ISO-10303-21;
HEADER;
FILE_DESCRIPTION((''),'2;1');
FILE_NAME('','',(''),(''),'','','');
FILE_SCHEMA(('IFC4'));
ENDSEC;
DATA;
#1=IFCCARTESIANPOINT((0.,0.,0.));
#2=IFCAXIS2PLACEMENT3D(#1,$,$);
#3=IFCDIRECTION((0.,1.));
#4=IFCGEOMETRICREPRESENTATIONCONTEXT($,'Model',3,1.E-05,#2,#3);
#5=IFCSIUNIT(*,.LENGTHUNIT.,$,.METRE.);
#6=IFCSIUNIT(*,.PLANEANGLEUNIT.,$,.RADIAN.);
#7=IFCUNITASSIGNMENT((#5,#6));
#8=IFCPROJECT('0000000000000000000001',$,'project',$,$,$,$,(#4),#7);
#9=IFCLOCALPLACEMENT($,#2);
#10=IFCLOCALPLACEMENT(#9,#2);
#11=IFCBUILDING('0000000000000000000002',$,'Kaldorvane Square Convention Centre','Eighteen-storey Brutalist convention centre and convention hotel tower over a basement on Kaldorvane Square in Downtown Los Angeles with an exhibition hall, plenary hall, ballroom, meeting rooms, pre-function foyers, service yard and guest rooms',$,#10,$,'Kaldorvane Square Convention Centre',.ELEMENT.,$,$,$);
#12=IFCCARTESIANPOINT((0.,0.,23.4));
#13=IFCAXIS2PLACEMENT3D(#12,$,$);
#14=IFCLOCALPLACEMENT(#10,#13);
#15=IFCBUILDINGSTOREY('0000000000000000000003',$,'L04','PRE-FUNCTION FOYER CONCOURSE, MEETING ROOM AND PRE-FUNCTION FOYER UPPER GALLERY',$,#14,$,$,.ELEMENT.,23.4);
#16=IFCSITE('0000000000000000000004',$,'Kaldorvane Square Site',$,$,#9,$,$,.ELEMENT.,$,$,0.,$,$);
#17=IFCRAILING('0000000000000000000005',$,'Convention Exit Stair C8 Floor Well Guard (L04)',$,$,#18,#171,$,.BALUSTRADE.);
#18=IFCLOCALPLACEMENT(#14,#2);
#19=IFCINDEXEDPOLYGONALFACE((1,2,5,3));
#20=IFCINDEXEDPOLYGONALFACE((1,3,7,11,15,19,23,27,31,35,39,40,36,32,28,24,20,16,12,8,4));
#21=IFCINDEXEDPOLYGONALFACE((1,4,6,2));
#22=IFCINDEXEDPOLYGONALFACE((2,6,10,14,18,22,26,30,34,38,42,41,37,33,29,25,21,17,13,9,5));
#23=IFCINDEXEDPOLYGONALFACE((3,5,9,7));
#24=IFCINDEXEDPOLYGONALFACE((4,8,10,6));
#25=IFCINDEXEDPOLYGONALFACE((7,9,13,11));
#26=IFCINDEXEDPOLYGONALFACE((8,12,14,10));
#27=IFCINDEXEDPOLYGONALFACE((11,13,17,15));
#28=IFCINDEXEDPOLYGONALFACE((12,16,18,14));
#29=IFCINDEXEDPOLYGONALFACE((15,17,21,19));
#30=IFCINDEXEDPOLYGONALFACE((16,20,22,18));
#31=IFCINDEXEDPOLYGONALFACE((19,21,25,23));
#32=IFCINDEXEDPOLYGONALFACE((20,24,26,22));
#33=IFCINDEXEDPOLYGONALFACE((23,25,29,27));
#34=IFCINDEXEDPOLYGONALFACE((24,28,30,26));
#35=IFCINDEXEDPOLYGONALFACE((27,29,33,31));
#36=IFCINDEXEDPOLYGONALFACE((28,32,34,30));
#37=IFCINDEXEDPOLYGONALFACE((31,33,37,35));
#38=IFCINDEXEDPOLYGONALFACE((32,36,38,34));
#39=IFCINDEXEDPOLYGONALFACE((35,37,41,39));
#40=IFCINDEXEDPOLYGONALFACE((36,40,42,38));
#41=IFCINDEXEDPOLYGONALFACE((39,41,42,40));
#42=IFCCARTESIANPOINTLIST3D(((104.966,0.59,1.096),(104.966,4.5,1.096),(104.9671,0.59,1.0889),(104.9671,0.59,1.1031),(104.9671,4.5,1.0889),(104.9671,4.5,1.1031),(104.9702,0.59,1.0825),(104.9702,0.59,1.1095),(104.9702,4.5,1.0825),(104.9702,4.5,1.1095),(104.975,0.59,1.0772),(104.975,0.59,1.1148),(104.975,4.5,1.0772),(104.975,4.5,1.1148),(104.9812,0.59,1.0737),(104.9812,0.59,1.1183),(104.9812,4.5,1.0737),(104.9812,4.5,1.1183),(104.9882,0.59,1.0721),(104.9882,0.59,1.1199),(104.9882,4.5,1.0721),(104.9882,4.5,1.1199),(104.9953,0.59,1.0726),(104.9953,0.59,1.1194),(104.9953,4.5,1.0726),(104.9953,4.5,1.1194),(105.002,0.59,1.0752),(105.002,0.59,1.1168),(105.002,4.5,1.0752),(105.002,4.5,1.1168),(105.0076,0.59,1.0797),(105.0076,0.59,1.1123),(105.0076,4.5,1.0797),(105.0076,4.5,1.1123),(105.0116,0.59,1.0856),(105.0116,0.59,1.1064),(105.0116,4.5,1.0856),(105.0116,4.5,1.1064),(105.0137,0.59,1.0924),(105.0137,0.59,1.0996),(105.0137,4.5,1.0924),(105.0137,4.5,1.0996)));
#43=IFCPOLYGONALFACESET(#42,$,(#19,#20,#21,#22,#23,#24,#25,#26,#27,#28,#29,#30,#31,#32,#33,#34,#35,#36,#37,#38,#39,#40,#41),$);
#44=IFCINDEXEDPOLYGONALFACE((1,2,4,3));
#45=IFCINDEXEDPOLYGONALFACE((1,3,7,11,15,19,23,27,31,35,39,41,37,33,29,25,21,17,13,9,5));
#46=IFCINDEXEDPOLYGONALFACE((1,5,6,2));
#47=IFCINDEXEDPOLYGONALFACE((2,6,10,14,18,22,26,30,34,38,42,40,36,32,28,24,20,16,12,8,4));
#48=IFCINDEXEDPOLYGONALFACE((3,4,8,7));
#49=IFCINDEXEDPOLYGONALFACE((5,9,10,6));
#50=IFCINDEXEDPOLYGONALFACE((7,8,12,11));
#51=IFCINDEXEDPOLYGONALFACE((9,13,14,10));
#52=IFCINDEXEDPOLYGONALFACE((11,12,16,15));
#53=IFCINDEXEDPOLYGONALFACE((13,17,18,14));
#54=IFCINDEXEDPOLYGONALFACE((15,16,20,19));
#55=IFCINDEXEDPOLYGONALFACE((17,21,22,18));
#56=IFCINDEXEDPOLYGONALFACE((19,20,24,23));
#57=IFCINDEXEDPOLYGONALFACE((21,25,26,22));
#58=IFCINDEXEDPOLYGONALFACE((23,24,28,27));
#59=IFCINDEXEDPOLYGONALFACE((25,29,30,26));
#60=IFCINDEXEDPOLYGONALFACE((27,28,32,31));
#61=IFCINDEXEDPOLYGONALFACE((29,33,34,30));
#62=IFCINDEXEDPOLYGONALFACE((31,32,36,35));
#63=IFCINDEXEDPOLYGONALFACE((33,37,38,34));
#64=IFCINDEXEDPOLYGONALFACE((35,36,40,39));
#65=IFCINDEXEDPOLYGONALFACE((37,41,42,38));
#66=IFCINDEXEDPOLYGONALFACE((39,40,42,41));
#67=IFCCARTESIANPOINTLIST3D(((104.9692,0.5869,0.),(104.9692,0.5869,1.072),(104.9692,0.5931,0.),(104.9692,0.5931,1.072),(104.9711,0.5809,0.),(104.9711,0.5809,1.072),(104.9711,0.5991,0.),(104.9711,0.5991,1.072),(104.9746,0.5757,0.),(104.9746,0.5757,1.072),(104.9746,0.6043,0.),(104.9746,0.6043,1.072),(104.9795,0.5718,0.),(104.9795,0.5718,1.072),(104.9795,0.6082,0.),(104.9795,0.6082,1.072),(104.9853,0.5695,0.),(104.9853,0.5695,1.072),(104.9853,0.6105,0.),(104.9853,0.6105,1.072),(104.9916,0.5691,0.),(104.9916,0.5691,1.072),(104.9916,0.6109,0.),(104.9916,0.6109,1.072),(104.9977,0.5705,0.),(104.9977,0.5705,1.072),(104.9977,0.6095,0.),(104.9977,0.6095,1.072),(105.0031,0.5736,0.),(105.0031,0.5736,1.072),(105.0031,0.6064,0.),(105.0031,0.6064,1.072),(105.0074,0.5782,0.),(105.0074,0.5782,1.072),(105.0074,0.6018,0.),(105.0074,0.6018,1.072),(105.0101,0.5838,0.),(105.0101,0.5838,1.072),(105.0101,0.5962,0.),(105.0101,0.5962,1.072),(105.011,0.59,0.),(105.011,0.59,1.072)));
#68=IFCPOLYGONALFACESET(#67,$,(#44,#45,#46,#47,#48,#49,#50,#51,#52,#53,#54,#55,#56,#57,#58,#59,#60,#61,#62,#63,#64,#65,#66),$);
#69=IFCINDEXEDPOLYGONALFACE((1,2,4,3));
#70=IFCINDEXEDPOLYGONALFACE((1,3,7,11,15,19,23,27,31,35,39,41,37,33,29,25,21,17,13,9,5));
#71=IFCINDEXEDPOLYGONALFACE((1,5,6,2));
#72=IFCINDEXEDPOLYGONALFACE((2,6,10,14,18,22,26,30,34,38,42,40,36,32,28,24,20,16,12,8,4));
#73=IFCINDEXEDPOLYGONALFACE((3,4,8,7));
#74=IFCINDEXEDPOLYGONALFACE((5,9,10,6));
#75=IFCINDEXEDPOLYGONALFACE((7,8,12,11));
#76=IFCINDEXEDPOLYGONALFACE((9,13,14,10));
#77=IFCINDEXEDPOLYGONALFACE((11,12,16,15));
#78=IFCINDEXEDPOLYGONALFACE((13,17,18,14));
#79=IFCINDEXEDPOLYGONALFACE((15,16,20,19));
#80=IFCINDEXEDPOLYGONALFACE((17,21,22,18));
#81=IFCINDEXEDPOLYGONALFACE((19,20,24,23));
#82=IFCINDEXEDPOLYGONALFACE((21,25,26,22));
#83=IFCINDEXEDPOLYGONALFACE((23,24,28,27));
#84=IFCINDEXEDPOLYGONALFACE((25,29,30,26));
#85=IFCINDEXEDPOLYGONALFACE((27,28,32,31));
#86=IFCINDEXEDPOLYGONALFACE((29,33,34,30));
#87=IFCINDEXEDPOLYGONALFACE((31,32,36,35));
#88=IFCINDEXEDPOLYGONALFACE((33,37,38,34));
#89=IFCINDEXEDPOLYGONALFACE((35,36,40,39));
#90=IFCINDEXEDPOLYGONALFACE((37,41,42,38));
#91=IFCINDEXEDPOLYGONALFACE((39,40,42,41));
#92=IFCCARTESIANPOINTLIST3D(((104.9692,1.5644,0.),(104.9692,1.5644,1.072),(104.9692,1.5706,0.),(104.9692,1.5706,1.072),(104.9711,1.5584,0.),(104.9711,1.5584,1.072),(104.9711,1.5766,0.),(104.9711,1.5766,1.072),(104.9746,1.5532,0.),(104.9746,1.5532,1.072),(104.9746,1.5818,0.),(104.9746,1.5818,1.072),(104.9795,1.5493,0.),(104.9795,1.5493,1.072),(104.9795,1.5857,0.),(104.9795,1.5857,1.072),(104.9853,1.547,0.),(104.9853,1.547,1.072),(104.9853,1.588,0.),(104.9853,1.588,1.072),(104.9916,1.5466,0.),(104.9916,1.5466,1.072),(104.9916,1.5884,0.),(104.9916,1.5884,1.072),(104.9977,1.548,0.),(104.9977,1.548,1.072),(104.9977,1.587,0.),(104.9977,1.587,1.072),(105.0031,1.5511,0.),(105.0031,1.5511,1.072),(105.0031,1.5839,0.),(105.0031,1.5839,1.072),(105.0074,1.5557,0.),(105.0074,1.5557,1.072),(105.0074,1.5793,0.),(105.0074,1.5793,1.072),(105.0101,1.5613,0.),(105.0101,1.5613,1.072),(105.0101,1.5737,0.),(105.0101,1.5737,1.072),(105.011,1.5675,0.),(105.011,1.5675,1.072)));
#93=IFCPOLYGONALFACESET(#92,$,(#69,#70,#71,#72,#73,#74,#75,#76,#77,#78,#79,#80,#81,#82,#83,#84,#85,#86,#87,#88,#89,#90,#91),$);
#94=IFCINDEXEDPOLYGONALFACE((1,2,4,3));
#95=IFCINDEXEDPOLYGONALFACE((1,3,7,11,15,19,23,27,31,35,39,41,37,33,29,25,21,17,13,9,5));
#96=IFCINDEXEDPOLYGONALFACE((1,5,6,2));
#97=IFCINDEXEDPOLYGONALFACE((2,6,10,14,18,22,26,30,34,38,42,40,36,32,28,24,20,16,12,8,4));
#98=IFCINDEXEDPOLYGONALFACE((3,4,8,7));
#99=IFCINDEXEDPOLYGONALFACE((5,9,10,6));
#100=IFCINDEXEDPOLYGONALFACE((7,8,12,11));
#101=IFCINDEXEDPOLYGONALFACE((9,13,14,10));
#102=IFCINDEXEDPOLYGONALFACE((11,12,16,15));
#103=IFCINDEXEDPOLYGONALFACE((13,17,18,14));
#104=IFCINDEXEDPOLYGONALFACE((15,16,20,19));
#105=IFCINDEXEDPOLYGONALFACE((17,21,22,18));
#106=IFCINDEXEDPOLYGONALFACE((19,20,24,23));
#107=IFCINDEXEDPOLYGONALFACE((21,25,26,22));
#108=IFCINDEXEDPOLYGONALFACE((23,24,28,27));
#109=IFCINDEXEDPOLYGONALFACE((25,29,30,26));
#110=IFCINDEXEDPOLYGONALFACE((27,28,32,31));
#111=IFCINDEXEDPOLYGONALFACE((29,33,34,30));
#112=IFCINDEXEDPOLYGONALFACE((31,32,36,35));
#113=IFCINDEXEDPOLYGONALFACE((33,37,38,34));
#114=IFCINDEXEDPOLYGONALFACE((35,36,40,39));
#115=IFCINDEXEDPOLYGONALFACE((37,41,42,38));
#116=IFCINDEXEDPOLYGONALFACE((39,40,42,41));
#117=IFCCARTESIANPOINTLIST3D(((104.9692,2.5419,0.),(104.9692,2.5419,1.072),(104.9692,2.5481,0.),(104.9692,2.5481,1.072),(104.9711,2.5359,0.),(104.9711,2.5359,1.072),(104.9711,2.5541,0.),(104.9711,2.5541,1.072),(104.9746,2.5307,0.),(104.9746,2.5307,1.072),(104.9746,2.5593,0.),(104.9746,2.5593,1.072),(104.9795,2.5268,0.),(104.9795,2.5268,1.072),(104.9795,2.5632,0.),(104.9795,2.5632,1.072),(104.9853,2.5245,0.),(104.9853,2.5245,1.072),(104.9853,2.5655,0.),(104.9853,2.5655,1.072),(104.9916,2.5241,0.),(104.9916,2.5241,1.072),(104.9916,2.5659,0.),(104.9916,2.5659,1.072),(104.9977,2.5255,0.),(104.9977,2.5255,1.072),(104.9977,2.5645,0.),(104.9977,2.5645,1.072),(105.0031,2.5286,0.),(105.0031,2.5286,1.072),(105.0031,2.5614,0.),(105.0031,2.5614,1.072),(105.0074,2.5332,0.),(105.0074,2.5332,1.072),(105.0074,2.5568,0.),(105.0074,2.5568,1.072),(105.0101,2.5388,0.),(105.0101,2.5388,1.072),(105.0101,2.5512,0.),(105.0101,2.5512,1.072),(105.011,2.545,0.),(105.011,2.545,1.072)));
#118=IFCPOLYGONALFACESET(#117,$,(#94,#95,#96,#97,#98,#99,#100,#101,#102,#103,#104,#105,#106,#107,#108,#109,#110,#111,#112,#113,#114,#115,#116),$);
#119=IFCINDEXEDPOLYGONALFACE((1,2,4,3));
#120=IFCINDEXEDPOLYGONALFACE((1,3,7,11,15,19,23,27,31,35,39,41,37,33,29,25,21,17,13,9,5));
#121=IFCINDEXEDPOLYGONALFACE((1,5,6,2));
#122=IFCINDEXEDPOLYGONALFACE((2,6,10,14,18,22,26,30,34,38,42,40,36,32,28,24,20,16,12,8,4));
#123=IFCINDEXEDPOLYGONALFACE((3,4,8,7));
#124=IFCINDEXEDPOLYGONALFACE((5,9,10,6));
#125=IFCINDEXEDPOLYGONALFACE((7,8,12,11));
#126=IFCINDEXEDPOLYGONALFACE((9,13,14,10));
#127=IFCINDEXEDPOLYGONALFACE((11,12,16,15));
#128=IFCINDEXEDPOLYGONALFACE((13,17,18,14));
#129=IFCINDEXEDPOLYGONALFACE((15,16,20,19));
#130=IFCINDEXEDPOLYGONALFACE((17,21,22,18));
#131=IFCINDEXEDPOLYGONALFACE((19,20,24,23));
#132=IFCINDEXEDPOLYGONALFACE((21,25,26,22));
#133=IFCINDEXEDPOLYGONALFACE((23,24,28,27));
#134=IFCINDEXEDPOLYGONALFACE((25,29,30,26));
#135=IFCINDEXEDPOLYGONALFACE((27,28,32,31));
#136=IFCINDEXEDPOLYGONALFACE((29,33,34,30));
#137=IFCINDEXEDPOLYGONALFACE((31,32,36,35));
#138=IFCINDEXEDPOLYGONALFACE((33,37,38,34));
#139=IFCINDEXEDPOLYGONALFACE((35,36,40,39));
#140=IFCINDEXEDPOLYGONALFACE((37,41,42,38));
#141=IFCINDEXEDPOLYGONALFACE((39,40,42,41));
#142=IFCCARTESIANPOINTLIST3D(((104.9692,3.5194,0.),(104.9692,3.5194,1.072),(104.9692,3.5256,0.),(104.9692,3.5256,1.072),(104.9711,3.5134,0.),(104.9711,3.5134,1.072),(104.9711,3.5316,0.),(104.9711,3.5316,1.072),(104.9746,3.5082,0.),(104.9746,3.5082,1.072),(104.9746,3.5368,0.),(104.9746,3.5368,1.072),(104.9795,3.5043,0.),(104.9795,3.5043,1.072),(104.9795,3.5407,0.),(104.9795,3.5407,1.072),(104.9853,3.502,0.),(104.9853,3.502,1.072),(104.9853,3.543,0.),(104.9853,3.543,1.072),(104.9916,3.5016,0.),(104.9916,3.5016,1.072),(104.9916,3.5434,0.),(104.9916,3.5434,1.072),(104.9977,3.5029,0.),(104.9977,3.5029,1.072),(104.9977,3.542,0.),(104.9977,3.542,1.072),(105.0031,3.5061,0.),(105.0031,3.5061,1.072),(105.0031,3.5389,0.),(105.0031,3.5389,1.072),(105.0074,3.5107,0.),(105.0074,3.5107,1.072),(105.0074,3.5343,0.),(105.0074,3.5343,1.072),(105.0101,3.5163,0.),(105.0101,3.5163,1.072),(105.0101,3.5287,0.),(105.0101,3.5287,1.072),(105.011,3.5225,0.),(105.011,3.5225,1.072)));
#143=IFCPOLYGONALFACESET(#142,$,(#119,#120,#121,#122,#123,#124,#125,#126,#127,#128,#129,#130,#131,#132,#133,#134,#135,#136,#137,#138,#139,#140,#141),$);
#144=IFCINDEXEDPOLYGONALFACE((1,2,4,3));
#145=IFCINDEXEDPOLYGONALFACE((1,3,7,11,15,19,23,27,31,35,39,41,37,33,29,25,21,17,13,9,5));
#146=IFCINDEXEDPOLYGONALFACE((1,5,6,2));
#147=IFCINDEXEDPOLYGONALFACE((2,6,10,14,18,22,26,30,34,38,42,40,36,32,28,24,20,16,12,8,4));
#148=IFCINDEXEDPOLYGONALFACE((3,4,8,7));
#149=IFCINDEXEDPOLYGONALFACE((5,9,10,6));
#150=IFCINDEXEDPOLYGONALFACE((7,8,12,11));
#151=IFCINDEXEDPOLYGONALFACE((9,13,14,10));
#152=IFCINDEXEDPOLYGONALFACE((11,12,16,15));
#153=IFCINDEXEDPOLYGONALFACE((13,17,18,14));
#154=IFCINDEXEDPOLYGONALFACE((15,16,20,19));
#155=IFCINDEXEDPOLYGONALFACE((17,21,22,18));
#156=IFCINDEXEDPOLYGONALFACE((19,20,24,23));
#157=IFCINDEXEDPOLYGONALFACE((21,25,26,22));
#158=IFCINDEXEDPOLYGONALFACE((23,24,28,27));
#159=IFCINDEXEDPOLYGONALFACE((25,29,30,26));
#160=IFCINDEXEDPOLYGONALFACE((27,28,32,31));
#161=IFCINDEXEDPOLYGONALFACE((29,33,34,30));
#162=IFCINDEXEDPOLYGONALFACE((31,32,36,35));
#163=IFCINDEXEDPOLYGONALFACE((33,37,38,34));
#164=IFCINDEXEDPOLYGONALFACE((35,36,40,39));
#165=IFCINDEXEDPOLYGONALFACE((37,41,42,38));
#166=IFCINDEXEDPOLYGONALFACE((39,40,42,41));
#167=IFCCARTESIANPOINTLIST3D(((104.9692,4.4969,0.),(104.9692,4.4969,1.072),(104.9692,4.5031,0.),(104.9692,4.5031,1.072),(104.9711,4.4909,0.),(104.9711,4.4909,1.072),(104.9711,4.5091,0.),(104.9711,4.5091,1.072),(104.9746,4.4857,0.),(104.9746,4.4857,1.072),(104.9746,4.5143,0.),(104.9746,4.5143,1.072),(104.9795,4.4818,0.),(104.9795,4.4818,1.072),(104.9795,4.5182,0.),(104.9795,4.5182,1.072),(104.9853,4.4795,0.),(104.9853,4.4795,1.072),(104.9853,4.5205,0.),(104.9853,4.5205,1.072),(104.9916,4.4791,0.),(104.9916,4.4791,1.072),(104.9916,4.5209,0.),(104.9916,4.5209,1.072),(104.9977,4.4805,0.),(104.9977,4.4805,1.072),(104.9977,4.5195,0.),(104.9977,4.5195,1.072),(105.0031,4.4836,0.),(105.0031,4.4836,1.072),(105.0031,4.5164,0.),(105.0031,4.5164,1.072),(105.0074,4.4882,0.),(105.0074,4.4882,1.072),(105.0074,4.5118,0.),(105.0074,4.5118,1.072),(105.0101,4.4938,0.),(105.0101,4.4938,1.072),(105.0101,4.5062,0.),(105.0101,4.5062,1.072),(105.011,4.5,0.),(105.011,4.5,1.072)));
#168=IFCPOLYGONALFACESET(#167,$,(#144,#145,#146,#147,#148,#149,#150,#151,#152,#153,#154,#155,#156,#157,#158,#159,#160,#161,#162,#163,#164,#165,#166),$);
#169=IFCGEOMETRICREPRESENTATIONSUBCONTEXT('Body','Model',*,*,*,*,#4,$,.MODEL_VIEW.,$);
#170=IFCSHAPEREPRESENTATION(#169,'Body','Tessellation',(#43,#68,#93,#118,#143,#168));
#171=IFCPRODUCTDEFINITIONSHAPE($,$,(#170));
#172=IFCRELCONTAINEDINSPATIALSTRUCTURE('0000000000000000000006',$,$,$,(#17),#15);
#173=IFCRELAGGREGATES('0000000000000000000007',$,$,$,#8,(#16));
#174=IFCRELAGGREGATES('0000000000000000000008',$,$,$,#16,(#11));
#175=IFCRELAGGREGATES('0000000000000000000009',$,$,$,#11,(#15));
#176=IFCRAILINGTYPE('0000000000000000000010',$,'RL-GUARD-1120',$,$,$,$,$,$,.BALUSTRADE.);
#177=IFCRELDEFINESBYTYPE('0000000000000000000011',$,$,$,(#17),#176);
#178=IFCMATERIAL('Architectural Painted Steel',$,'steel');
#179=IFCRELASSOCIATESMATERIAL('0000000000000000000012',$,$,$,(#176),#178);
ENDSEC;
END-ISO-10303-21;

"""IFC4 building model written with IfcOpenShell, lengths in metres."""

from ifc_helpers import new_model, si_unit, direction, frame, origin, origin_2d, place, context, subcontext, project, spatial, circle, extrude, material, type_object, element, save


model = new_model("IFC4")

# Units and contexts
model_context = context("Model", 3, precision=1e-05, world=origin(), true_north=direction((0.0, 1.0)))
body_context = subcontext(model_context, "Body", "Model", "MODEL_VIEW")
ifc_project = project(units=[si_unit("LENGTHUNIT", "METRE"), si_unit("PLANEANGLEUNIT", "RADIAN")], contexts=[model_context])

# Site, building, storey
site_placement = place(None, origin())
site = spatial("IfcSite", under=ifc_project, at=site_placement, Name="Kaldorvane Square Site", CompositionType="ELEMENT", RefElevation=0.0)
building_placement = place(site_placement, origin())
building = spatial("IfcBuilding", under=site, at=building_placement, Name="Kaldorvane Square Convention Centre", Description="Eighteen-storey Brutalist convention centre and convention hotel tower over a basement on Kaldorvane Square in Downtown Los Angeles with an exhibition hall, plenary hall, ballroom, meeting rooms, pre-function foyers, service yard and guest rooms", LongName="Kaldorvane Square Convention Centre", CompositionType="ELEMENT")
storey_placement = place(building_placement, frame((0.0, 0.0, 23.4)))
storey = spatial("IfcBuildingStorey", under=building, at=storey_placement, Name="L04", Description="PRE-FUNCTION FOYER CONCOURSE, MEETING ROOM AND PRE-FUNCTION FOYER UPPER GALLERY", CompositionType="ELEMENT", Elevation=23.4)

# Railing
ifc_material_1 = material(Name="Architectural Painted Steel", Category="steel")
railing_type = type_object("IfcRailingType", Name="RL-GUARD-1120", PredefinedType="BALUSTRADE", material=ifc_material_1)
railing_placement = place(storey_placement, frame((104.99, 0.59, 0.0)))
element("IfcRailing", 1, at=railing_placement, inside=storey, type_object=railing_type, Name="Convention Exit Stair C8 Floor Well Guard (L04)", PredefinedType="BALUSTRADE", context=body_context, shape_type="SweptSolid", body=[
    extrude(circle(Radius=0.024, at=origin_2d()), frame((0.0, 0.0, 1.096), z_axis=(0.0, 1.0, 0.0), x_axis=(-1.0, 0.0, 0.0)), (0.0, 0.0, 1.0), 3.91),
    extrude(circle(Radius=0.021, at=origin_2d()), origin(), (0.0, 0.0, 1.0), 1.072),
    extrude(circle(Radius=0.021, at=origin_2d()), frame((0.0, 0.9775, 0.0)), (0.0, 0.0, 1.0), 1.072),
    extrude(circle(Radius=0.021, at=origin_2d()), frame((0.0, 1.955, 0.0)), (0.0, 0.0, 1.0), 1.072),
    extrude(circle(Radius=0.021, at=origin_2d()), frame((0.0, 2.9325, 0.0)), (0.0, 0.0, 1.0), 1.072),
    extrude(circle(Radius=0.021, at=origin_2d()), frame((0.0, 3.91, 0.0)), (0.0, 0.0, 1.0), 1.072),
])

save(model, "model.ifc")
